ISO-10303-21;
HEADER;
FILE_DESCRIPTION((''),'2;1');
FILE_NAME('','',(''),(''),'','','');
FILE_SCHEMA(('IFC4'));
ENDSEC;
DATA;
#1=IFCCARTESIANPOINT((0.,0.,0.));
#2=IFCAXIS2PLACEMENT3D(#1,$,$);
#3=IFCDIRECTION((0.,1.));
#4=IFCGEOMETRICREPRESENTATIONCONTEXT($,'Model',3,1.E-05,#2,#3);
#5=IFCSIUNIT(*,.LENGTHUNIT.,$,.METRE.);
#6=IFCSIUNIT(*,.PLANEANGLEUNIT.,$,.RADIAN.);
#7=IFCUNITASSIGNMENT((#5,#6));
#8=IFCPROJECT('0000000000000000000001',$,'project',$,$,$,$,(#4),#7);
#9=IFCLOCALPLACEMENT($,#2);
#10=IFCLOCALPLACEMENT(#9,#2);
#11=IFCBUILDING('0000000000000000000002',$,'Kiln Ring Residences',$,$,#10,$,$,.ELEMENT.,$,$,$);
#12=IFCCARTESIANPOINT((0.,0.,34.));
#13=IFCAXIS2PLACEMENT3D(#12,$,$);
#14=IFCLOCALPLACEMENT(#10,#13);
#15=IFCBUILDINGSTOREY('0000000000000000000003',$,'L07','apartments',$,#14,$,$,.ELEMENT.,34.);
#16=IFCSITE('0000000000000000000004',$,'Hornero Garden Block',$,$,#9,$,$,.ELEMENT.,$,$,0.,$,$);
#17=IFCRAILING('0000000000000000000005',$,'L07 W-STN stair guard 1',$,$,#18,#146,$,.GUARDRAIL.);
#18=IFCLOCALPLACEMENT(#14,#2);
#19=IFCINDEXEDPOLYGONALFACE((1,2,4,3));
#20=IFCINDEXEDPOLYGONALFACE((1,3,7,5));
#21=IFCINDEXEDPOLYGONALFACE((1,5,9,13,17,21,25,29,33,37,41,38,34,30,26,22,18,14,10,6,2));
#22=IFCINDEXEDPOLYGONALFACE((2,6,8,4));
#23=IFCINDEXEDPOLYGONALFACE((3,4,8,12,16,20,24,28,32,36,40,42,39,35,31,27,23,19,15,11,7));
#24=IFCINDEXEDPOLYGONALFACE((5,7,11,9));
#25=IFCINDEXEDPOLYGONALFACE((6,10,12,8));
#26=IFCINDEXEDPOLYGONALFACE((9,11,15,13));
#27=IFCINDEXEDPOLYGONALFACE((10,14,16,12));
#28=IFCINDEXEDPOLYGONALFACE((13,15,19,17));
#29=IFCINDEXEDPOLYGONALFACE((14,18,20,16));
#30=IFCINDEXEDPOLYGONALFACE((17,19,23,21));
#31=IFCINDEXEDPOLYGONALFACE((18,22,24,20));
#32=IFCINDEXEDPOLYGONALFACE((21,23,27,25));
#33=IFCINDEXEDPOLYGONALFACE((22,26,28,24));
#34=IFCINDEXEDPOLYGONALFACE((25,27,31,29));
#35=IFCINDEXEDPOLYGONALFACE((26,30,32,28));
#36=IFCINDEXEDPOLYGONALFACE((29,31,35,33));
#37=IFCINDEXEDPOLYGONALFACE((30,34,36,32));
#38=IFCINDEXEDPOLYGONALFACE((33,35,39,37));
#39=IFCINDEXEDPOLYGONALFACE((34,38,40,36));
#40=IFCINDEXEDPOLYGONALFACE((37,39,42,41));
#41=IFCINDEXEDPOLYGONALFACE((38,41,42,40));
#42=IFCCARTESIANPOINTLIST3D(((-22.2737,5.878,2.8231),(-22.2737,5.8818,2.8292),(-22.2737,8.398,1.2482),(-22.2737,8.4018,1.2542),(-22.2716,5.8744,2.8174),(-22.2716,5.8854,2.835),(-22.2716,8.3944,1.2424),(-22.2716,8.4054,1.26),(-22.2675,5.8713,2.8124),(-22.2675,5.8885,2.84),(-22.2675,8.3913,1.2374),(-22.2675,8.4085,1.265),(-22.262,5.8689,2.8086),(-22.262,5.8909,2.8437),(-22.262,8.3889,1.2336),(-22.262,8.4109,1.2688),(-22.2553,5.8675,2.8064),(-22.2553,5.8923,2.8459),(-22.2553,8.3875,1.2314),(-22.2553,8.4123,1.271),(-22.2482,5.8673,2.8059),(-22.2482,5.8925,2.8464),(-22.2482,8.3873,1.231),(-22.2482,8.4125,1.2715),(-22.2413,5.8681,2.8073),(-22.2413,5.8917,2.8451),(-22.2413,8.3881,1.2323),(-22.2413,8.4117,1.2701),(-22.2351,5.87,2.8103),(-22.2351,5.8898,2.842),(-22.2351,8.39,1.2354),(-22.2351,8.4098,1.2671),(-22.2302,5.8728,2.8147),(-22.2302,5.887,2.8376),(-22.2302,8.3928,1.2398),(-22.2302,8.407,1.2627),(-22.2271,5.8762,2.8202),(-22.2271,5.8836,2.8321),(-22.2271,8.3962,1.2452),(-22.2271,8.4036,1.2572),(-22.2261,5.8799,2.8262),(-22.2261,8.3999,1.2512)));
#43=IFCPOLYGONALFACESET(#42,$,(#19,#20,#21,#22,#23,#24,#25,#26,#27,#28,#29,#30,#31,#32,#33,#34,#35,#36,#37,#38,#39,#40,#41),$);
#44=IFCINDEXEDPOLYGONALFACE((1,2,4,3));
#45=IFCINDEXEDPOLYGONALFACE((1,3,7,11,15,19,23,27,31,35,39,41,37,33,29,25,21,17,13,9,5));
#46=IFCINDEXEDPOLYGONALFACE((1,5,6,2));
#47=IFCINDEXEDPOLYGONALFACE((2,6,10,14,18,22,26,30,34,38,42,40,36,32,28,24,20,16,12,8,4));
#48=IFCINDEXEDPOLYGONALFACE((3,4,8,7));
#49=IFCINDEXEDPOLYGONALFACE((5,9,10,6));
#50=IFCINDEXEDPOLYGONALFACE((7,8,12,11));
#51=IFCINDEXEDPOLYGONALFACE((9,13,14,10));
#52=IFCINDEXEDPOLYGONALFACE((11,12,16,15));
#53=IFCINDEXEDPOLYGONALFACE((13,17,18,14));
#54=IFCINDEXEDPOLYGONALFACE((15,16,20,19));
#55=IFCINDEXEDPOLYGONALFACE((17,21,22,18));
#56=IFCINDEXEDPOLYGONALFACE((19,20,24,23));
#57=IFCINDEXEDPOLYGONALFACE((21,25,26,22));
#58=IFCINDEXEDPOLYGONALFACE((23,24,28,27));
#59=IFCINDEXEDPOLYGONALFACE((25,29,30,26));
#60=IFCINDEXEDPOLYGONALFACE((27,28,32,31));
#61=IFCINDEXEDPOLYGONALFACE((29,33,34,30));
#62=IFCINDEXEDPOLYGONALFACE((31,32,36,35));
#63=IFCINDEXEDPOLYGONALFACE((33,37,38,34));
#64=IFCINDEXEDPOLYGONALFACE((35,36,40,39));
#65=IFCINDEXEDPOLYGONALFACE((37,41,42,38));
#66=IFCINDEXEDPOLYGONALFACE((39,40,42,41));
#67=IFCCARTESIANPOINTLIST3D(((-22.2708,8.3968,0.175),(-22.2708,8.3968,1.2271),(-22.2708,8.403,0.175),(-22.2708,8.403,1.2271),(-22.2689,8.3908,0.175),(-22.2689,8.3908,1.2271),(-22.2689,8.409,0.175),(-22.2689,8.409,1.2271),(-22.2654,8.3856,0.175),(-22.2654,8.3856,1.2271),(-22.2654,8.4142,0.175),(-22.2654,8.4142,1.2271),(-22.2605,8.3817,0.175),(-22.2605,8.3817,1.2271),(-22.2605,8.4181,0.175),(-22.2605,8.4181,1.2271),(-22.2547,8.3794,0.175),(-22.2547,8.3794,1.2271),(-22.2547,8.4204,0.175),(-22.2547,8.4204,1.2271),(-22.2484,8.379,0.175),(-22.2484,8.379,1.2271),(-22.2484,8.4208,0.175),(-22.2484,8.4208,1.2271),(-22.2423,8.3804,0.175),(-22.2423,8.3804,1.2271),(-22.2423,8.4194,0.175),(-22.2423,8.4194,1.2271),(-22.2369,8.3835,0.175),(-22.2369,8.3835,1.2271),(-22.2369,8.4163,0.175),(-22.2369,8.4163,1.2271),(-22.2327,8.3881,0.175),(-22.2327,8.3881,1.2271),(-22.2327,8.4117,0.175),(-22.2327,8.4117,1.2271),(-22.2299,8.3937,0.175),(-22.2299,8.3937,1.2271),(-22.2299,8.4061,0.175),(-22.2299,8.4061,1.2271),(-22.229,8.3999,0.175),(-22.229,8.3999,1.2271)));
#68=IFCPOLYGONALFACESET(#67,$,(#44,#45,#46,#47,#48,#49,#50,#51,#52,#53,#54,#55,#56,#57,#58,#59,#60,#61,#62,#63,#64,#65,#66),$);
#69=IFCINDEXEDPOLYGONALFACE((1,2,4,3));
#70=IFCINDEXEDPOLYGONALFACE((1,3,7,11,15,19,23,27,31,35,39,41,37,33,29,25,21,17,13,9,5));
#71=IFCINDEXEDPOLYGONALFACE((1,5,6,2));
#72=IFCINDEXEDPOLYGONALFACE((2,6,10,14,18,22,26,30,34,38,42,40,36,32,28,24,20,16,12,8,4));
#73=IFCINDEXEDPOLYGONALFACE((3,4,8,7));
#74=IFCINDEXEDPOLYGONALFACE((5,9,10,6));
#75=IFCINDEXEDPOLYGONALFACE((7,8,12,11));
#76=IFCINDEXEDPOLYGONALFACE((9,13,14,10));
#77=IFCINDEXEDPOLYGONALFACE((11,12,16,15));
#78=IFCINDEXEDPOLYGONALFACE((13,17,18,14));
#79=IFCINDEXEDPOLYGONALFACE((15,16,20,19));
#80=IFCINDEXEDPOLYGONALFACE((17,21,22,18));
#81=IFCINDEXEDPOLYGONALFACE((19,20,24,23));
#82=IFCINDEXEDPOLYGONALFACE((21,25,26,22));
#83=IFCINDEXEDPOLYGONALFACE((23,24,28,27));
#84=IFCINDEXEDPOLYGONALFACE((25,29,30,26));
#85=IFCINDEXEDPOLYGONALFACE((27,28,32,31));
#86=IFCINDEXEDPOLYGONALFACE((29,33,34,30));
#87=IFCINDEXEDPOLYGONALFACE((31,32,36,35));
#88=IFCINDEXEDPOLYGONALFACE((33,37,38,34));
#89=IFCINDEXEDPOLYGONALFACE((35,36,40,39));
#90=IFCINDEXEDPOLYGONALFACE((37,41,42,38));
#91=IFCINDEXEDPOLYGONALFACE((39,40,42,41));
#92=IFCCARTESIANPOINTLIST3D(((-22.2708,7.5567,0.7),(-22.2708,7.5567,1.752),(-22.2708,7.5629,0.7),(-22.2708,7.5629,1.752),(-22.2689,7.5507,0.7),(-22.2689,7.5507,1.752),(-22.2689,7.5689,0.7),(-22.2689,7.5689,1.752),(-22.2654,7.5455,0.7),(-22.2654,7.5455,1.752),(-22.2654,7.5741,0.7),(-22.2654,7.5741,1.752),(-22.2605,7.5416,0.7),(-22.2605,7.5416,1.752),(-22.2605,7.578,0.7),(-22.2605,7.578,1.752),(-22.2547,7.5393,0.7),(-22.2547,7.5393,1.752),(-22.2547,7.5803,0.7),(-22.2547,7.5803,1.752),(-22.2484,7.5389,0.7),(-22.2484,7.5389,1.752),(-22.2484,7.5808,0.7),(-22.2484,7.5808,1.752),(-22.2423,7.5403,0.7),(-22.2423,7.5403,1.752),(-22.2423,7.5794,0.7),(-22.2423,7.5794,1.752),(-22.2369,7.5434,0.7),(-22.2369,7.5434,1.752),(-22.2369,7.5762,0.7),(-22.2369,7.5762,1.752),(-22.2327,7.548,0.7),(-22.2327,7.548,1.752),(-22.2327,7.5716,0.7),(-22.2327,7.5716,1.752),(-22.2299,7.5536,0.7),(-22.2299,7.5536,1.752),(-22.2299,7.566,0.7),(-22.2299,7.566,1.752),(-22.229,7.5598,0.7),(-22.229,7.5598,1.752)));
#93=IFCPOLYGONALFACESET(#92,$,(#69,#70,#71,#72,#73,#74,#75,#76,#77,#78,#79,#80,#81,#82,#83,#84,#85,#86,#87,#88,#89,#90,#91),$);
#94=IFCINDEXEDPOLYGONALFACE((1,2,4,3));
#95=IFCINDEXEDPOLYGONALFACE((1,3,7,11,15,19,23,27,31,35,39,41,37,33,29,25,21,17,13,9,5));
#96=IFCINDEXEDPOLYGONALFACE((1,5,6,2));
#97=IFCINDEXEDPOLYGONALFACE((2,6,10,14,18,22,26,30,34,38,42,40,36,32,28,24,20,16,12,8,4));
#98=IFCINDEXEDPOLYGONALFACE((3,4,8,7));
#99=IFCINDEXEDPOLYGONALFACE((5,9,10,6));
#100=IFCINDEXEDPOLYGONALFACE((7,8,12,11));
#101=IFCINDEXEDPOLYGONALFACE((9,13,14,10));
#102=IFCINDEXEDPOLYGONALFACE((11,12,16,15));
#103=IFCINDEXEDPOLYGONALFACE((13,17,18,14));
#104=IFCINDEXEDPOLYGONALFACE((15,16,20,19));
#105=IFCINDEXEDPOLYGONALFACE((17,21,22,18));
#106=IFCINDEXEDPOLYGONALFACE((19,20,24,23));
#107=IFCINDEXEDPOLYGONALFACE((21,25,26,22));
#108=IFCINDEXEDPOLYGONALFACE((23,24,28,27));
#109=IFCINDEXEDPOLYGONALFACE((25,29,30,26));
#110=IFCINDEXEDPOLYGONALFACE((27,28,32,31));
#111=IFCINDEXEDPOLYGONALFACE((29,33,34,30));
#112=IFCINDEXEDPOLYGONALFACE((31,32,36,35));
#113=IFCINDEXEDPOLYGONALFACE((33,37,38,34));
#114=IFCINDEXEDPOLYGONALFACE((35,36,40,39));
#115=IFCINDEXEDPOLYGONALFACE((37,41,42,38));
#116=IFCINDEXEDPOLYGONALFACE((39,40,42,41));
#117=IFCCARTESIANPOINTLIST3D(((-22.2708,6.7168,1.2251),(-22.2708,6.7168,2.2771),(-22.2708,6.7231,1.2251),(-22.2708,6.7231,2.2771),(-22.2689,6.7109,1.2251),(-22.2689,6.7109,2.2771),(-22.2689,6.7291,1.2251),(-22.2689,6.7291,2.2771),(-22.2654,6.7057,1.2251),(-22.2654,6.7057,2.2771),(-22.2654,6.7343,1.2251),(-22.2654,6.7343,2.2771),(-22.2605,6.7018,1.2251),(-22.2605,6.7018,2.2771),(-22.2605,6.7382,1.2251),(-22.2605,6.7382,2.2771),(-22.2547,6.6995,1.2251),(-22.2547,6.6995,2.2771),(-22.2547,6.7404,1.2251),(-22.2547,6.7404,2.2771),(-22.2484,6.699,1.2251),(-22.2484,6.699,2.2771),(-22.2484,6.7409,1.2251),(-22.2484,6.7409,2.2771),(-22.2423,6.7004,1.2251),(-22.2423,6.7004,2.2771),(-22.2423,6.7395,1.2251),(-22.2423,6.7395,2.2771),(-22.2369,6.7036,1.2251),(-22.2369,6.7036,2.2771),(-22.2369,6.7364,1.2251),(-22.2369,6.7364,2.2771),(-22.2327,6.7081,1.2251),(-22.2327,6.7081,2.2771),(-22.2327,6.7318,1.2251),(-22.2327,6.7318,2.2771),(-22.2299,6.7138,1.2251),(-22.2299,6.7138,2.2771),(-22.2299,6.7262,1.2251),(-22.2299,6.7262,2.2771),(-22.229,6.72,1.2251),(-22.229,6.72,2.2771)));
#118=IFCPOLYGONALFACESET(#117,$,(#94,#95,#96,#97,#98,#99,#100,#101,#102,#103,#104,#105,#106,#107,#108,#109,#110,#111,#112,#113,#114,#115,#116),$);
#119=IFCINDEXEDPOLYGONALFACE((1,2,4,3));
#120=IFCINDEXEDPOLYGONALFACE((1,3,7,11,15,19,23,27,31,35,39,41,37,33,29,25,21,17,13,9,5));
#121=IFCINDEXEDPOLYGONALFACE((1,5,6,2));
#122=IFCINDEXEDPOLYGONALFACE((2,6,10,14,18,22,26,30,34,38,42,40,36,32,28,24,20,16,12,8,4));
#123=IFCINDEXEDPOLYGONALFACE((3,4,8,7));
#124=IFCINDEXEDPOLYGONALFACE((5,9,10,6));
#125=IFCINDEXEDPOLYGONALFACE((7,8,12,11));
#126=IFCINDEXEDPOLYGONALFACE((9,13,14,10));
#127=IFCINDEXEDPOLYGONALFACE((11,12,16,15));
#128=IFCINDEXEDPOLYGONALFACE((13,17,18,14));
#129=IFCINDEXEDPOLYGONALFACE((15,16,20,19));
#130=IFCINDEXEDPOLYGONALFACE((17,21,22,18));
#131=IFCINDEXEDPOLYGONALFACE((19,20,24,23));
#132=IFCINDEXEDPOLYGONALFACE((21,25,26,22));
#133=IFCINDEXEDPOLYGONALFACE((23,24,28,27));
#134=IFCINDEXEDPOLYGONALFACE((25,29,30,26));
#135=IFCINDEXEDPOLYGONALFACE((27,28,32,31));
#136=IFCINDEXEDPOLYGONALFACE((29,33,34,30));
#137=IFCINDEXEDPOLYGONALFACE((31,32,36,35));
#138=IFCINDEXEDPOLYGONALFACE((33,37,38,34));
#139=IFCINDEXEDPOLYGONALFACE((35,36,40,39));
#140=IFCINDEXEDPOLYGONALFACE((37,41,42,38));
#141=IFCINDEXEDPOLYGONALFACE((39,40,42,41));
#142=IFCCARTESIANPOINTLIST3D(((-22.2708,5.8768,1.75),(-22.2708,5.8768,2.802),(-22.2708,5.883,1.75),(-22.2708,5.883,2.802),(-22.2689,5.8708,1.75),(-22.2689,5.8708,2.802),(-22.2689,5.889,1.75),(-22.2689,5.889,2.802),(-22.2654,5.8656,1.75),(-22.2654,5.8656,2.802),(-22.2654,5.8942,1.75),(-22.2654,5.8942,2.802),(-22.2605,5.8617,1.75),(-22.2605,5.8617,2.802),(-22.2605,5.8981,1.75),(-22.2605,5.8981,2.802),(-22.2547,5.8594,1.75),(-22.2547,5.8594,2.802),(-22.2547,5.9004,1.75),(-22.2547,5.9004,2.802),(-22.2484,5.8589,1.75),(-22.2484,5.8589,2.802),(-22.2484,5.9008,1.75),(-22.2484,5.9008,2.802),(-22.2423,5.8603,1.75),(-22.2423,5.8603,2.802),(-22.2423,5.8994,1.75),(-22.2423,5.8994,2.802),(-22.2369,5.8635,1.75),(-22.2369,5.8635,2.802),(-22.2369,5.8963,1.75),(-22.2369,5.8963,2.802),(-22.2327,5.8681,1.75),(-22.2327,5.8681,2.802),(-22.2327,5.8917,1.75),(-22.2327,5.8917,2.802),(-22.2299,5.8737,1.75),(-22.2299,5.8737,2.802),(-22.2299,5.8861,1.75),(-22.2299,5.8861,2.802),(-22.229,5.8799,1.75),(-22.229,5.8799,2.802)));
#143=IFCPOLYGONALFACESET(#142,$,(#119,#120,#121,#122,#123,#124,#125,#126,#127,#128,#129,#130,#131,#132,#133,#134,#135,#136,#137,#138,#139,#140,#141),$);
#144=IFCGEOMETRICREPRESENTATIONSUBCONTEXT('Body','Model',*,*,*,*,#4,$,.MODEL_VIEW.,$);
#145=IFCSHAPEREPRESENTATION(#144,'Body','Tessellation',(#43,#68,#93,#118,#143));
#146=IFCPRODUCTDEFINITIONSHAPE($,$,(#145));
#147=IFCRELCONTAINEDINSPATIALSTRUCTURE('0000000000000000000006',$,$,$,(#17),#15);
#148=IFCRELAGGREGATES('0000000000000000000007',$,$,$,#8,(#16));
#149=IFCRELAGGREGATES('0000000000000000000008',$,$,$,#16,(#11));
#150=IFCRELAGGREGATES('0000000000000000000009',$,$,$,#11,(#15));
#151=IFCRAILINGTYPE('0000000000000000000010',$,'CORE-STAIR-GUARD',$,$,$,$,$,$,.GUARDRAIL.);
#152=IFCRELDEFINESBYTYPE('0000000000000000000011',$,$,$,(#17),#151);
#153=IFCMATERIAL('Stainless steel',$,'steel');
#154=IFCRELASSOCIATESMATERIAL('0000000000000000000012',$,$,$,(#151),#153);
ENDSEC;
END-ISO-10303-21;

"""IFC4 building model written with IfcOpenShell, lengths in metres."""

from ifc_helpers import new_model, si_unit, direction, frame, origin, origin_2d, place, context, subcontext, project, spatial, circle, extrude, material, type_object, element, save


model = new_model("IFC4")

# Units and contexts
model_context = context("Model", 3, precision=1e-05, world=origin(), true_north=direction((0.0, 1.0)))
body_context = subcontext(model_context, "Body", "Model", "MODEL_VIEW")
ifc_project = project(units=[si_unit("LENGTHUNIT", "METRE"), si_unit("PLANEANGLEUNIT", "RADIAN")], contexts=[model_context])

# Site, building, storey
site_placement = place(None, origin())
site = spatial("IfcSite", under=ifc_project, at=site_placement, Name="Hornero Garden Block", CompositionType="ELEMENT", RefElevation=0.0)
building_placement = place(site_placement, origin())
building = spatial("IfcBuilding", under=site, at=building_placement, Name="Kiln Ring Residences", CompositionType="ELEMENT")
storey_placement = place(building_placement, frame((0.0, 0.0, 34.0)))
storey = spatial("IfcBuildingStorey", under=building, at=storey_placement, Name="L07", Description="apartments", CompositionType="ELEMENT", Elevation=34.0)

# Railing
ifc_material_1 = material(Name="Stainless steel", Category="steel")
railing_type_1 = type_object("IfcRailingType", Name="CORE-STAIR-GUARD", PredefinedType="GUARDRAIL", material=ifc_material_1)
railing_1_placement = place(storey_placement, frame((-22.25, 8.3999, 0.175)))
element("IfcRailing", 1, at=railing_1_placement, inside=storey, type_object=railing_type_1, Name="L07 W-STN stair guard 1", PredefinedType="GUARDRAIL", context=body_context, shape_type="SweptSolid", body=[
    extrude(circle(Radius=0.0239, at=origin_2d()), frame((0.0, 0.0, 1.0762), z_axis=(0.0, -0.848008, 0.529984), x_axis=(1.0, 0.0, 0.0)), (0.0, 0.0, 1.0), 2.9717),
    extrude(circle(Radius=0.021, at=origin_2d()), origin(), (0.0, 0.0, 1.0), 1.052),
    extrude(circle(Radius=0.021, at=origin_2d()), frame((0.0, -0.8401, 0.5249)), (0.0, 0.0, 1.0), 1.052),
    extrude(circle(Radius=0.021, at=origin_2d()), frame((0.0, -1.6799, 1.05)), (0.0, 0.0, 1.0), 1.052),
    extrude(circle(Radius=0.021, at=origin_2d()), frame((0.0, -2.52, 1.575)), (0.0, 0.0, 1.0), 1.052),
])

save(model, "model.ifc")
